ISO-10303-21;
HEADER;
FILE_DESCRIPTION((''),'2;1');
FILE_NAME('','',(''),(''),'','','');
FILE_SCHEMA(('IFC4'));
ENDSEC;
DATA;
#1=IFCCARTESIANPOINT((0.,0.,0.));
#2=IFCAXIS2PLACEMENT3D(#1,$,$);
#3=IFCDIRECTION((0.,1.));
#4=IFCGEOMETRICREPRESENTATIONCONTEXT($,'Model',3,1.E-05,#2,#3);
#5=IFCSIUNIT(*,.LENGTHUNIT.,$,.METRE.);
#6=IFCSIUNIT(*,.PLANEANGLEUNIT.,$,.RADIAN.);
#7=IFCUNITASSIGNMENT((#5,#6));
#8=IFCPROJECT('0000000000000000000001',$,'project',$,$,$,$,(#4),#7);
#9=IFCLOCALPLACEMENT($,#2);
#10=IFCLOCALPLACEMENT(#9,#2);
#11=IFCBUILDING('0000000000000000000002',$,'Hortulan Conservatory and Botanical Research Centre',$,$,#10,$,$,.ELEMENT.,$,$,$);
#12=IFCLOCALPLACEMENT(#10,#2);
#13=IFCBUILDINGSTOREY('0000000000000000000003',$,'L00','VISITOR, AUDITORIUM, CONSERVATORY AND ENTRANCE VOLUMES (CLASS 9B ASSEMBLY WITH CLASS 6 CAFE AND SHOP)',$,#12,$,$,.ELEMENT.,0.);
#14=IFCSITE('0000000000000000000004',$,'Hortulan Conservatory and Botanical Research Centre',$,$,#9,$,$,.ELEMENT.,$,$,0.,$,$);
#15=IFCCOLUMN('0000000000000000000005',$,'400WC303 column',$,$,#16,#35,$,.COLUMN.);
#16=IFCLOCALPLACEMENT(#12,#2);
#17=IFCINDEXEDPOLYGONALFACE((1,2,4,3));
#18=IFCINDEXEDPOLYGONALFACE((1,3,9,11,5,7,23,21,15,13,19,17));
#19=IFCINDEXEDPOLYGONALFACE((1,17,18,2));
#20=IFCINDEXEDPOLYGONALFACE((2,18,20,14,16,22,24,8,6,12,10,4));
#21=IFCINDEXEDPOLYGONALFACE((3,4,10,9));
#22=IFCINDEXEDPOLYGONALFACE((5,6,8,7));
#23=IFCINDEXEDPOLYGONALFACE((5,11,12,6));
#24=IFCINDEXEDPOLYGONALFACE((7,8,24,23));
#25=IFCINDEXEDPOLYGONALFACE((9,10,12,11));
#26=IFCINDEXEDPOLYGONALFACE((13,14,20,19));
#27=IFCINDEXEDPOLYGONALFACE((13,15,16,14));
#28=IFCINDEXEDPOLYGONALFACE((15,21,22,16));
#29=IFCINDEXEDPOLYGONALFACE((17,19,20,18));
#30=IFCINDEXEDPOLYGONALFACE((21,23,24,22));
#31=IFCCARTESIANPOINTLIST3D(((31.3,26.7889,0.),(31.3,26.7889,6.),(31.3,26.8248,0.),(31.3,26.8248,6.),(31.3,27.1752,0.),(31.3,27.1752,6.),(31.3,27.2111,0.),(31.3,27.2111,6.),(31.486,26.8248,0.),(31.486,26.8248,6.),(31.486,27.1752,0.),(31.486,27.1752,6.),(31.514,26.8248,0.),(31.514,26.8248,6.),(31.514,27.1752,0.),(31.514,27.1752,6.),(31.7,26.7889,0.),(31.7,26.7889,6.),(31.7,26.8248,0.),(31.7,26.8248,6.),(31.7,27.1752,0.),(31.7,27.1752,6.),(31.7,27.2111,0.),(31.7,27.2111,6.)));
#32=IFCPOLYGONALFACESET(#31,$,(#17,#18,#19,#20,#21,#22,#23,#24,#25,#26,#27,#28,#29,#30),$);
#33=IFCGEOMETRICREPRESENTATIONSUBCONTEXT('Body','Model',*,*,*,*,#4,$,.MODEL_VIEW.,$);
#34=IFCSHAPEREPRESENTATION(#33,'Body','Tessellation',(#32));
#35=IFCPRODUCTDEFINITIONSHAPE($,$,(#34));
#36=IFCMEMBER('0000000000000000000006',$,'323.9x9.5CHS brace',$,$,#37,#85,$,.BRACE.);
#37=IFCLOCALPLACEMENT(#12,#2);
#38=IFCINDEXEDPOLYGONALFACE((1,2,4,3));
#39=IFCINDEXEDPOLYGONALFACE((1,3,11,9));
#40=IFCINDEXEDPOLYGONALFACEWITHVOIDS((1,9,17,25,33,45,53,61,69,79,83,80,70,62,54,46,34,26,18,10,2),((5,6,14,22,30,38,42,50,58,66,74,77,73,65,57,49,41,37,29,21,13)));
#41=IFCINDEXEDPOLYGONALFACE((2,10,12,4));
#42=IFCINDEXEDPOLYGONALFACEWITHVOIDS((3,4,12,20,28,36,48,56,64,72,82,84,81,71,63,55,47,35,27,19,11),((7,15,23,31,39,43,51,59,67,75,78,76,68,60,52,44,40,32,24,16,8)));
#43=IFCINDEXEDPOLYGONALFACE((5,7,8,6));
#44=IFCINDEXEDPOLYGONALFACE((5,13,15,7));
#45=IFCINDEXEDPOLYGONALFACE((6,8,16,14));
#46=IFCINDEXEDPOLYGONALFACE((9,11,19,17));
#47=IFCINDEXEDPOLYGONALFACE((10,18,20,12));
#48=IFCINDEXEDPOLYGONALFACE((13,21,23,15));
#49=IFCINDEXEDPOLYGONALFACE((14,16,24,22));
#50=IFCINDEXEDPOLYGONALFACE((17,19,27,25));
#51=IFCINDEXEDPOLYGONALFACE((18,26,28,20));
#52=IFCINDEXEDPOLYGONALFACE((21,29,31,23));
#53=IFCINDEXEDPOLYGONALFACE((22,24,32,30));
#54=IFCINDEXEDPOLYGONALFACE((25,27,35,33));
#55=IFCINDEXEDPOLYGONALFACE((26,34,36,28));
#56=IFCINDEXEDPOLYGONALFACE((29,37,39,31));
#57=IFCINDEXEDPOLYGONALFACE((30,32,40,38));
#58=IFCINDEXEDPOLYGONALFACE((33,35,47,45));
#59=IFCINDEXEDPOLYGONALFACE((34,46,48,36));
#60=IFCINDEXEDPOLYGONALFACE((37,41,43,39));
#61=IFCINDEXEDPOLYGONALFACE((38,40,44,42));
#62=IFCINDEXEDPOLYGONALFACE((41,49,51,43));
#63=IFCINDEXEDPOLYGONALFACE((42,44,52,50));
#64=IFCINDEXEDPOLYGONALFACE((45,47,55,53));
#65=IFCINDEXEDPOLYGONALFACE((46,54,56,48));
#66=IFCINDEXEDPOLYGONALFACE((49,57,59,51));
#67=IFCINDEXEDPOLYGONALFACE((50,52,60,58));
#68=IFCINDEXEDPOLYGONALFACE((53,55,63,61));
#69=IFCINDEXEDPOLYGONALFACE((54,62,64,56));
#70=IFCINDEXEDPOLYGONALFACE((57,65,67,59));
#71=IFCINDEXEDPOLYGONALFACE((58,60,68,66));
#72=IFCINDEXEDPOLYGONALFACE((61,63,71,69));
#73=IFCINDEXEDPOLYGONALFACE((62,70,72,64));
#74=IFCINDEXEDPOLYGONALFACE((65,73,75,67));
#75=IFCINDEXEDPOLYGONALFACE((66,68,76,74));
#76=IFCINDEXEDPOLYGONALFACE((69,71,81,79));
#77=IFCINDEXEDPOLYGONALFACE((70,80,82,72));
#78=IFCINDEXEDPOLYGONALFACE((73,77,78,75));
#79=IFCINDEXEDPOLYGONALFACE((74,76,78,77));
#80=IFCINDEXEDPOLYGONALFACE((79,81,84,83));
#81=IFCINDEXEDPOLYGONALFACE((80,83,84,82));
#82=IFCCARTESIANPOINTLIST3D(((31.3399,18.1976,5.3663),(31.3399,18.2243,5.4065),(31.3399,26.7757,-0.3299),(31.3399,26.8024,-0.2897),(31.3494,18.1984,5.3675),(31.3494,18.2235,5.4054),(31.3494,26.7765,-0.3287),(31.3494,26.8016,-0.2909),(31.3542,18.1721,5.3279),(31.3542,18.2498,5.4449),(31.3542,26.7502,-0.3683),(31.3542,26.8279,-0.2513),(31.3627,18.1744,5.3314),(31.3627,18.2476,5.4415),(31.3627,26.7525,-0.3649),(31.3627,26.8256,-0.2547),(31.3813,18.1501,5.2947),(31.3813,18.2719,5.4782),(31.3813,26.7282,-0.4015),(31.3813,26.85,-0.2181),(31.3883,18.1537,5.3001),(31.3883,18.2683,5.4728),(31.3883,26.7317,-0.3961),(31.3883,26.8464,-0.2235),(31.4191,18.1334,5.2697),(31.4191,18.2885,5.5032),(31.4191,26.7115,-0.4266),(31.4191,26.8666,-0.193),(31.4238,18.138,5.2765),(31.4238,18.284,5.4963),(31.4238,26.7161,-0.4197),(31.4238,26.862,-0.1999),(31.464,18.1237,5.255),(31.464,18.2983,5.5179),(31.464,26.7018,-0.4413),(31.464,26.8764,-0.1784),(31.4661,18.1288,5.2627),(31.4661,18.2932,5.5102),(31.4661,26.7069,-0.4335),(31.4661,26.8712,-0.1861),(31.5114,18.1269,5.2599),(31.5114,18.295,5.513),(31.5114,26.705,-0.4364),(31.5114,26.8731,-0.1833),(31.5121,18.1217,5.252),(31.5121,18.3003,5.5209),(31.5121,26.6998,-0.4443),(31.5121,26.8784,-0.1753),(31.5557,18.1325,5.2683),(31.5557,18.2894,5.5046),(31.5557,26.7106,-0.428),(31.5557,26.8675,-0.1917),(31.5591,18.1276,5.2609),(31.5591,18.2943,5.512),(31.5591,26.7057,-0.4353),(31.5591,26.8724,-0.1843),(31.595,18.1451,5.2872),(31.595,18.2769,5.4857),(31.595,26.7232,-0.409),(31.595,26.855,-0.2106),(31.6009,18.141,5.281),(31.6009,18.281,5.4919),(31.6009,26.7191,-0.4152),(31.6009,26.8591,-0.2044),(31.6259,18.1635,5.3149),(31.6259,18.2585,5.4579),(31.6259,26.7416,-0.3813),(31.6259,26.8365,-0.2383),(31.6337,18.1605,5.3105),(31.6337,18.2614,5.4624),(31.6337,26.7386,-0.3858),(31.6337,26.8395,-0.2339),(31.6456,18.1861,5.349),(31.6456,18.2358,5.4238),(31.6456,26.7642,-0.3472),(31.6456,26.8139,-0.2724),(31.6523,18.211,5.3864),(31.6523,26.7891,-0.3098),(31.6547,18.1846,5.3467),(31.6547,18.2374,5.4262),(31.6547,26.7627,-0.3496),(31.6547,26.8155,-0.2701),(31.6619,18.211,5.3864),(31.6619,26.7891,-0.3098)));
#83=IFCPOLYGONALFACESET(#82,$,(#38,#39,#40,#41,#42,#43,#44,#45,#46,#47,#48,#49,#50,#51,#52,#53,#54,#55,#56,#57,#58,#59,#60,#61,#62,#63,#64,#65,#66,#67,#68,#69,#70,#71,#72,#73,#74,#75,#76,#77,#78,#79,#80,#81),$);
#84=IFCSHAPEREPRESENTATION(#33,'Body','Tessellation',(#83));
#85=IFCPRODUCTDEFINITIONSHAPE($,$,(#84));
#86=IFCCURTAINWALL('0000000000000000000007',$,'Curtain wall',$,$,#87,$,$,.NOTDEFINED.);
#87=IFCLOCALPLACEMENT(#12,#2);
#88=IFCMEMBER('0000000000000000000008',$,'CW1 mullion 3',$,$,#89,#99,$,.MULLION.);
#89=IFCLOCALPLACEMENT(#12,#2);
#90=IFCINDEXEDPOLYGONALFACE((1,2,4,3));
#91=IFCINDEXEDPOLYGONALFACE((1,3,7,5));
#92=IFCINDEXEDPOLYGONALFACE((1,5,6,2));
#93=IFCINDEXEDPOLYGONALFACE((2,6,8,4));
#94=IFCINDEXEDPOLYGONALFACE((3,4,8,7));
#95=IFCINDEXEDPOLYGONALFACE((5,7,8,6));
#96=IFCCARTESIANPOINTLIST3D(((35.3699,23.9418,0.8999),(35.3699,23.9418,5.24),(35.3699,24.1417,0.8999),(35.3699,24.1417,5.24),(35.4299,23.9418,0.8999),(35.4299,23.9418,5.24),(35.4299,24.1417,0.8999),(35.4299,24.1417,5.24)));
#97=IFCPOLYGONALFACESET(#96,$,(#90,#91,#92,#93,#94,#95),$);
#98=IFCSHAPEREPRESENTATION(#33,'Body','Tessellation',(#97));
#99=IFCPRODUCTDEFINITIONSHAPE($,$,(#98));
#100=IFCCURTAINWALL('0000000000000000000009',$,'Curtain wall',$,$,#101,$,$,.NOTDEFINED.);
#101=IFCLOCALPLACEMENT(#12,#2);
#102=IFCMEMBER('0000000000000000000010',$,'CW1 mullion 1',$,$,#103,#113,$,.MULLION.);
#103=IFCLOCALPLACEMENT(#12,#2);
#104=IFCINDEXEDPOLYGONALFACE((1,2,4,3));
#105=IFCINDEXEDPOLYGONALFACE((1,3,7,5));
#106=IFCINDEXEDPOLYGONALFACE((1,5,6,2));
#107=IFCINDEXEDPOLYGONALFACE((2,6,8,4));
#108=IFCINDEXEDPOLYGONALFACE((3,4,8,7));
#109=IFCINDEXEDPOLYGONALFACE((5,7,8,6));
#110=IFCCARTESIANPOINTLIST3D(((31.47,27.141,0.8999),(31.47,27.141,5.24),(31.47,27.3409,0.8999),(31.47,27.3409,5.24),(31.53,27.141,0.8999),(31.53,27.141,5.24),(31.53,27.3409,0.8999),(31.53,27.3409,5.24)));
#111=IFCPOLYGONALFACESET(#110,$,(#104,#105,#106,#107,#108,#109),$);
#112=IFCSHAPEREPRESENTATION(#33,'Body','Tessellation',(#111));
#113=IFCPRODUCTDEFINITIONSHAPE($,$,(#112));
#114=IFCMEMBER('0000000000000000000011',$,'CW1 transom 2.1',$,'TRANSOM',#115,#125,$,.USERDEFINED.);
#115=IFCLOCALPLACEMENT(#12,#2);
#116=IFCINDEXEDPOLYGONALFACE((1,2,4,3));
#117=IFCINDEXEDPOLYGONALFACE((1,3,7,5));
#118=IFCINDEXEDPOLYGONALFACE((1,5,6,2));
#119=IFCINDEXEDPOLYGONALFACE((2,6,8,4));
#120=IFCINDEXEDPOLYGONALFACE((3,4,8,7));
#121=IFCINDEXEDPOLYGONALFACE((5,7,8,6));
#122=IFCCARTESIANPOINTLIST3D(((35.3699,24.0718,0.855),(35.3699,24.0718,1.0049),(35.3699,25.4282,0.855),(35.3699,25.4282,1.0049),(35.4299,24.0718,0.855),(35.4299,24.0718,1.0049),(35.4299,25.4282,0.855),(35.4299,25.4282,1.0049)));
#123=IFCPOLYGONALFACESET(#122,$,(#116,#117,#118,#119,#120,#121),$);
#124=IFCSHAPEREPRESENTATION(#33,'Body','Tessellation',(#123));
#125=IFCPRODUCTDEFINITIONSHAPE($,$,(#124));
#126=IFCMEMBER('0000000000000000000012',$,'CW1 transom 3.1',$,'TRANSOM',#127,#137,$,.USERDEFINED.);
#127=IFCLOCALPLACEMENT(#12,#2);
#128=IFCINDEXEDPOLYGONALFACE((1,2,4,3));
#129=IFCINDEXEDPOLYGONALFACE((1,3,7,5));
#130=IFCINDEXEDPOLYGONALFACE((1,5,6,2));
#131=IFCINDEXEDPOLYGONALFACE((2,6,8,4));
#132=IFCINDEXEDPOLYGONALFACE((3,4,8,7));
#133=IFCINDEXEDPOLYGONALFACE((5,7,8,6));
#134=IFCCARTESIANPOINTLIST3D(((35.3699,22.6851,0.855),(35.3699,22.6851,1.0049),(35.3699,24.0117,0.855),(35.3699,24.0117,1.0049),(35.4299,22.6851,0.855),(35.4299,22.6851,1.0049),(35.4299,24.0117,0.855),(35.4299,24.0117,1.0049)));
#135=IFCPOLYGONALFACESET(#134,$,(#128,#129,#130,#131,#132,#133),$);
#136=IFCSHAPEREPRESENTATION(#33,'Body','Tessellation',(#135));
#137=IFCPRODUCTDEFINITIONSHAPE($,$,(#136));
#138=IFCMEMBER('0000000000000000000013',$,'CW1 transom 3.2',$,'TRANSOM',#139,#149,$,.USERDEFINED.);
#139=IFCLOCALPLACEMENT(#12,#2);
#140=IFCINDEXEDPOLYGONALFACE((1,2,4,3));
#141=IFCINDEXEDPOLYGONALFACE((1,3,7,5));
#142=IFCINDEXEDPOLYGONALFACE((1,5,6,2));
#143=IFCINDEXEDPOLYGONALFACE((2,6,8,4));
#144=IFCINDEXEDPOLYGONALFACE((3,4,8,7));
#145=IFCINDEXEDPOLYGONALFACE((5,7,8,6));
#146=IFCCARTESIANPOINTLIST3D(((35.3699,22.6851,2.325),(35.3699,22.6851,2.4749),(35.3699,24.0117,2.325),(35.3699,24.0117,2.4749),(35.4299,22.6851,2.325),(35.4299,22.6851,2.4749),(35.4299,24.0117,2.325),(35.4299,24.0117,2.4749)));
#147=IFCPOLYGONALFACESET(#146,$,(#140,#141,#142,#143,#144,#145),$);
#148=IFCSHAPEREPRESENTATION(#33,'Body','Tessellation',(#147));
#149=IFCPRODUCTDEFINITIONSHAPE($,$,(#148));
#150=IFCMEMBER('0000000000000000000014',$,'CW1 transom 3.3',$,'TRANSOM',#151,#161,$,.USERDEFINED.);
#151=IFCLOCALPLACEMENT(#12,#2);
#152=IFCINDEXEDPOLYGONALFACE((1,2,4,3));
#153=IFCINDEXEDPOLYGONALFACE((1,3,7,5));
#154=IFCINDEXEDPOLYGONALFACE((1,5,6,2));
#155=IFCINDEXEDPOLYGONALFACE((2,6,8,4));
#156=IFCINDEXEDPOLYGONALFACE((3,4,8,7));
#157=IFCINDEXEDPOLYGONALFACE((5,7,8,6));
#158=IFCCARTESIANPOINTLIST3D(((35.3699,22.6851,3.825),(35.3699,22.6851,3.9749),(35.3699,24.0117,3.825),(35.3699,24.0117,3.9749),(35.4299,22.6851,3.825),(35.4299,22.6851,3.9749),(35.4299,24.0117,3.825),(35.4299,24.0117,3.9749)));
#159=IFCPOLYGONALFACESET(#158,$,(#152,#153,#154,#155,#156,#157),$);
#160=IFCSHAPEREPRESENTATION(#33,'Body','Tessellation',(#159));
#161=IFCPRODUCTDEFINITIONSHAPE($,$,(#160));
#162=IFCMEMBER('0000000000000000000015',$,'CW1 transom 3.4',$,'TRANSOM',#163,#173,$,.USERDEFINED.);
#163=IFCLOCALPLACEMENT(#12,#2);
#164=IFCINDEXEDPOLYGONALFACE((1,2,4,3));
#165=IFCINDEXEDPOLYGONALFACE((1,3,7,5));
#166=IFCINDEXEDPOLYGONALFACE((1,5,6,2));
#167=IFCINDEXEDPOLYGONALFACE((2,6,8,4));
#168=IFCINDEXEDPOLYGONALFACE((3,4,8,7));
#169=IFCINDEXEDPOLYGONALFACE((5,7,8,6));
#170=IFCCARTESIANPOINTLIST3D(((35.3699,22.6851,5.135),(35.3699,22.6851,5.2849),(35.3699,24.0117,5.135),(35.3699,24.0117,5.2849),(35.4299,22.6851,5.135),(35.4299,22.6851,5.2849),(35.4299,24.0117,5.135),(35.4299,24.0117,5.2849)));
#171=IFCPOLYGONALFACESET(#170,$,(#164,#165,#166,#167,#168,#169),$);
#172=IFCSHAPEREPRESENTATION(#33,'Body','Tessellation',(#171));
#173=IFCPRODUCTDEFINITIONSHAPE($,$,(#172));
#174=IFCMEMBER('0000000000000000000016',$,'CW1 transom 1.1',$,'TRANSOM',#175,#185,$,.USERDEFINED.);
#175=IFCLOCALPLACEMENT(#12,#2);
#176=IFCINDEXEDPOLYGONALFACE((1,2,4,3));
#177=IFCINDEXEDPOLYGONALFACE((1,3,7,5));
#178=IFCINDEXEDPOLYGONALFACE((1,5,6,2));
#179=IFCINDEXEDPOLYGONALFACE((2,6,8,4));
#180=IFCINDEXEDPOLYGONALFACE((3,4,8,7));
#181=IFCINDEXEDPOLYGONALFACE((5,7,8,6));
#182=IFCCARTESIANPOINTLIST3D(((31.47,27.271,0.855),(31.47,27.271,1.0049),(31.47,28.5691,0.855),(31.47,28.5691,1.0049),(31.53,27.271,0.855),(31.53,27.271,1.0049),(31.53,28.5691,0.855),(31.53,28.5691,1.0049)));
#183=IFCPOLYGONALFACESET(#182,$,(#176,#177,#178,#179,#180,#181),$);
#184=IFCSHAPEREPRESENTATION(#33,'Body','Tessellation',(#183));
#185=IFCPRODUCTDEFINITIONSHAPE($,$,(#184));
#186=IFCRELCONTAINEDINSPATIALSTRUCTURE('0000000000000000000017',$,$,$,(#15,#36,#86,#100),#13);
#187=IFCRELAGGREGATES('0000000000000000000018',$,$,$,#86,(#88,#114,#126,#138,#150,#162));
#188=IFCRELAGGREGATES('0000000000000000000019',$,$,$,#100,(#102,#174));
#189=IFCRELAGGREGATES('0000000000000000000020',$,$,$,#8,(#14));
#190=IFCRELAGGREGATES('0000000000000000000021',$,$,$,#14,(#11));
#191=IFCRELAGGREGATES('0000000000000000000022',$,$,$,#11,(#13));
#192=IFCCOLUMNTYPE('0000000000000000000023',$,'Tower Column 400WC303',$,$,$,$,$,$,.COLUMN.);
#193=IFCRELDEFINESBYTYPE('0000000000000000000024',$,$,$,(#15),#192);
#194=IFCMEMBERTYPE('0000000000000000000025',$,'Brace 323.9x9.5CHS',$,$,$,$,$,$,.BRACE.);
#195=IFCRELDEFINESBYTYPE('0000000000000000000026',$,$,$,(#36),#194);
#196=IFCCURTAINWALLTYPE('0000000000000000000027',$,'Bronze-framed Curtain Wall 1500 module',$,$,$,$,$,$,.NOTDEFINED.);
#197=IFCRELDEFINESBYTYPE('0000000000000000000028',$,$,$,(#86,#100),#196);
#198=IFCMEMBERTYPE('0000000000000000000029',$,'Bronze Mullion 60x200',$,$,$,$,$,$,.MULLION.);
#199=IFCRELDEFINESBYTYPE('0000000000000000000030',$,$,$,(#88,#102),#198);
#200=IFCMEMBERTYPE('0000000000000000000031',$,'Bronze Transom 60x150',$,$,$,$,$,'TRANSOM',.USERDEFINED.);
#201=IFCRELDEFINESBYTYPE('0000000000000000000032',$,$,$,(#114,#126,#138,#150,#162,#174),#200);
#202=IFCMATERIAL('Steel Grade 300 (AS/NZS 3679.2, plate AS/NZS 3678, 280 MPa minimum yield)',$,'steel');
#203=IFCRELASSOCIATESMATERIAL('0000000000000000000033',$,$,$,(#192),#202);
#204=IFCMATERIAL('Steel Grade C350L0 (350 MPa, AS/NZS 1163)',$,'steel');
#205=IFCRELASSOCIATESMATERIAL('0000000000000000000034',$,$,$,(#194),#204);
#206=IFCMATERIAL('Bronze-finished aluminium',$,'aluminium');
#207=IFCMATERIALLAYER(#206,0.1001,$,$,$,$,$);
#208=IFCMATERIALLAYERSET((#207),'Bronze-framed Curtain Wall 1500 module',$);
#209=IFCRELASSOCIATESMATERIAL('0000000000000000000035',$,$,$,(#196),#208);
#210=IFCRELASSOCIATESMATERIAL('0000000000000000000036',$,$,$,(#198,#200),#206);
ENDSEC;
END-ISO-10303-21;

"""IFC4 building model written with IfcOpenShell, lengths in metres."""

from ifc_helpers import new_model, si_unit, direction, frame, origin, origin_2d, place, context, subcontext, project, spatial, rectangle, hollow_circle, i_section, extrude, material, layer, layer_set, material_profile, profile_set, type_object, element, aggregate, save


model = new_model("IFC4")

# Units and contexts
model_context = context("Model", 3, precision=1e-05, world=origin(), true_north=direction((0.0, 1.0)))
body_context = subcontext(model_context, "Body", "Model", "MODEL_VIEW")
ifc_project = project(units=[si_unit("LENGTHUNIT", "METRE"), si_unit("PLANEANGLEUNIT", "RADIAN")], contexts=[model_context])

# Site, building, storey
site_placement = place(None, origin())
site = spatial("IfcSite", under=ifc_project, at=site_placement, Name="Hortulan Conservatory and Botanical Research Centre", CompositionType="ELEMENT", RefElevation=0.0)
building_placement = place(site_placement, origin())
building = spatial("IfcBuilding", under=site, at=building_placement, Name="Hortulan Conservatory and Botanical Research Centre", CompositionType="ELEMENT")
storey_placement = place(building_placement, origin())
storey = spatial("IfcBuildingStorey", under=building, at=storey_placement, Name="L00", Description="VISITOR, AUDITORIUM, CONSERVATORY AND ENTRANCE VOLUMES (CLASS 9B ASSEMBLY WITH CLASS 6 CAFE AND SHOP)", CompositionType="ELEMENT", Elevation=0.0)

# Column
ifc_material_1 = material(Name="Steel Grade 300 (AS/NZS 3679.2, plate AS/NZS 3678, 280 MPa minimum yield)", Category="steel")
ifc_material_profile_1 = material_profile(ifc_material_1, i_section(OverallWidth=0.3999, OverallDepth=0.4221, WebThickness=0.0281, FlangeThickness=0.0359, at=origin_2d()), Name="400WC303")
ifc_profile_set_1 = profile_set([ifc_material_profile_1], Name="Steel Grade 300 (AS/NZS 3679.2, plate AS/NZS 3678, 280 MPa minimum yield)")
column_type = type_object("IfcColumnType", Name="Tower Column 400WC303", PredefinedType="COLUMN", material=ifc_profile_set_1)
column_placement = place(storey_placement, frame((31.5, 27.0, 0.0), z_axis=(0.0, 0.0, 1.0), x_axis=(1.0, 0.0, 0.0)))
element("IfcColumn", 1, at=column_placement, inside=storey, type_object=column_type, Name="400WC303 column", PredefinedType="COLUMN", context=body_context, shape_type="SweptSolid", body=[
    extrude(i_section(OverallWidth=0.3999, OverallDepth=0.4221, WebThickness=0.0281, FlangeThickness=0.0359, at=origin_2d()), origin(), (0.0, 0.0, 1.0), 6.0),
])

# Member
ifc_material_2 = material(Name="Steel Grade C350L0 (350 MPa, AS/NZS 1163)", Category="steel")
ifc_material_profile_2 = material_profile(ifc_material_2, hollow_circle(Radius=0.1619, WallThickness=0.0095, at=origin_2d()), Name="323.9x9.5CHS")
ifc_profile_set_2 = profile_set([ifc_material_profile_2], Name="Steel Grade C350L0 (350 MPa, AS/NZS 1163)")
member_type_1 = type_object("IfcMemberType", Name="Brace 323.9x9.5CHS", PredefinedType="BRACE", material=ifc_profile_set_2)
member_1_placement = place(storey_placement, frame((31.5, 26.7891, -0.3098), z_axis=(0.0, -0.833056, 0.553189), x_axis=(1.0, 0.0, 0.0)))
element("IfcMember", 2, at=member_1_placement, inside=storey, type_object=member_type_1, Name="323.9x9.5CHS brace", PredefinedType="BRACE", context=body_context, shape_type="SweptSolid", body=[
    extrude(hollow_circle(Radius=0.1619, WallThickness=0.0095, at=origin_2d()), origin(), (0.0, 0.0, 1.0), 10.2971),
])

# Curtain walls, members
ifc_material_3 = material(Name="Bronze-finished aluminium", Category="aluminium")
ifc_layer_1 = layer(ifc_material_3, 0.1001)
ifc_layer_set_1 = layer_set([ifc_layer_1], Name="Bronze-framed Curtain Wall 1500 module")
curtain_wall_type = type_object("IfcCurtainWallType", Name="Bronze-framed Curtain Wall 1500 module", PredefinedType="NOTDEFINED", material=ifc_layer_set_1)
curtain_wall_1_placement = place(storey_placement, origin())
curtain_wall_1 = element("IfcCurtainWall", 3, at=curtain_wall_1_placement, inside=storey, type_object=curtain_wall_type, Name="Curtain wall", PredefinedType="NOTDEFINED")
ifc_material_profile_3 = material_profile(ifc_material_3, rectangle(XDim=0.0601, YDim=0.2, at=origin_2d()), Name="Bronze Mullion 60x200")
ifc_profile_set_3 = profile_set([ifc_material_profile_3], Name="Bronze-finished aluminium")
member_type_2 = type_object("IfcMemberType", Name="Bronze Mullion 60x200", PredefinedType="MULLION", material=ifc_profile_set_3)
member_2_placement = place(storey_placement, frame((35.3999, 24.0417, 0.8999), z_axis=(0.0, 0.0, 1.0), x_axis=(1.0, 0.0, 0.0)))
member_2 = element("IfcMember", 4, at=member_2_placement, type_object=member_type_2, Name="CW1 mullion 3", PredefinedType="MULLION", context=body_context, shape_type="SweptSolid", body=[
    extrude(rectangle(XDim=0.0601, YDim=0.2, at=origin_2d()), origin(), (0.0, 0.0, 1.0), 4.3401),
])
curtain_wall_2_placement = place(storey_placement, origin())
curtain_wall_2 = element("IfcCurtainWall", 5, at=curtain_wall_2_placement, inside=storey, type_object=curtain_wall_type, Name="Curtain wall", PredefinedType="NOTDEFINED")
member_3_placement = place(storey_placement, frame((31.5, 27.241, 0.8999), z_axis=(0.0, 0.0, 1.0), x_axis=(-1.0, 0.0, 0.0)))
member_3 = element("IfcMember", 6, at=member_3_placement, type_object=member_type_2, Name="CW1 mullion 1", PredefinedType="MULLION", context=body_context, shape_type="SweptSolid", body=[
    extrude(rectangle(XDim=0.0601, YDim=0.2, at=origin_2d()), origin(), (0.0, 0.0, 1.0), 4.3401),
])

# Members
ifc_material_profile_4 = material_profile(ifc_material_3, rectangle(XDim=0.0601, YDim=0.1499, at=origin_2d()), Name="Bronze Transom 60x150")
ifc_profile_set_4 = profile_set([ifc_material_profile_4], Name="Bronze-finished aluminium")
member_type_3 = type_object("IfcMemberType", Name="Bronze Transom 60x150", ElementType="TRANSOM", PredefinedType="USERDEFINED", material=ifc_profile_set_4)
member_4_placement = place(storey_placement, frame((35.3999, 25.4282, 0.9299), z_axis=(0.0, -1.0, 0.0), x_axis=(1.0, 0.0, 0.0)))
member_4 = element("IfcMember", 7, at=member_4_placement, type_object=member_type_3, Name="CW1 transom 2.1", ObjectType="TRANSOM", PredefinedType="USERDEFINED", context=body_context, shape_type="SweptSolid", body=[
    extrude(rectangle(XDim=0.0601, YDim=0.1499, at=origin_2d()), origin(), (0.0, 0.0, 1.0), 1.3564),
])
member_5_placement = place(storey_placement, frame((35.3999, 24.0117, 0.9299), z_axis=(0.0, -1.0, 0.0), x_axis=(1.0, 0.0, 0.0)))
member_5 = element("IfcMember", 8, at=member_5_placement, type_object=member_type_3, Name="CW1 transom 3.1", ObjectType="TRANSOM", PredefinedType="USERDEFINED", context=body_context, shape_type="SweptSolid", body=[
    extrude(rectangle(XDim=0.0601, YDim=0.1499, at=origin_2d()), origin(), (0.0, 0.0, 1.0), 1.3267),
])
member_6_placement = place(storey_placement, frame((35.3999, 24.0117, 2.3999), z_axis=(0.0, -1.0, 0.0), x_axis=(1.0, 0.0, 0.0)))
member_6 = element("IfcMember", 9, at=member_6_placement, type_object=member_type_3, Name="CW1 transom 3.2", ObjectType="TRANSOM", PredefinedType="USERDEFINED", context=body_context, shape_type="SweptSolid", body=[
    extrude(rectangle(XDim=0.0601, YDim=0.1499, at=origin_2d()), origin(), (0.0, 0.0, 1.0), 1.3267),
])
member_7_placement = place(storey_placement, frame((35.3999, 24.0117, 3.8999), z_axis=(0.0, -1.0, 0.0), x_axis=(1.0, 0.0, 0.0)))
member_7 = element("IfcMember", 10, at=member_7_placement, type_object=member_type_3, Name="CW1 transom 3.3", ObjectType="TRANSOM", PredefinedType="USERDEFINED", context=body_context, shape_type="SweptSolid", body=[
    extrude(rectangle(XDim=0.0601, YDim=0.1499, at=origin_2d()), origin(), (0.0, 0.0, 1.0), 1.3267),
])
member_8_placement = place(storey_placement, frame((35.3999, 24.0117, 5.21), z_axis=(0.0, -1.0, 0.0), x_axis=(1.0, 0.0, 0.0)))
member_8 = element("IfcMember", 11, at=member_8_placement, type_object=member_type_3, Name="CW1 transom 3.4", ObjectType="TRANSOM", PredefinedType="USERDEFINED", context=body_context, shape_type="SweptSolid", body=[
    extrude(rectangle(XDim=0.0601, YDim=0.1499, at=origin_2d()), origin(), (0.0, 0.0, 1.0), 1.3267),
])
member_9_placement = place(storey_placement, frame((31.5, 27.271, 0.9299), z_axis=(0.0, 1.0, 0.0), x_axis=(-1.0, 0.0, 0.0)))
member_9 = element("IfcMember", 12, at=member_9_placement, type_object=member_type_3, Name="CW1 transom 1.1", ObjectType="TRANSOM", PredefinedType="USERDEFINED", context=body_context, shape_type="SweptSolid", body=[
    extrude(rectangle(XDim=0.0601, YDim=0.1499, at=origin_2d()), origin(), (0.0, 0.0, 1.0), 1.2981),
])

aggregate(curtain_wall_1, [member_2, member_4, member_5, member_6, member_7, member_8])
aggregate(curtain_wall_2, [member_3, member_9])

save(model, "model.ifc")
